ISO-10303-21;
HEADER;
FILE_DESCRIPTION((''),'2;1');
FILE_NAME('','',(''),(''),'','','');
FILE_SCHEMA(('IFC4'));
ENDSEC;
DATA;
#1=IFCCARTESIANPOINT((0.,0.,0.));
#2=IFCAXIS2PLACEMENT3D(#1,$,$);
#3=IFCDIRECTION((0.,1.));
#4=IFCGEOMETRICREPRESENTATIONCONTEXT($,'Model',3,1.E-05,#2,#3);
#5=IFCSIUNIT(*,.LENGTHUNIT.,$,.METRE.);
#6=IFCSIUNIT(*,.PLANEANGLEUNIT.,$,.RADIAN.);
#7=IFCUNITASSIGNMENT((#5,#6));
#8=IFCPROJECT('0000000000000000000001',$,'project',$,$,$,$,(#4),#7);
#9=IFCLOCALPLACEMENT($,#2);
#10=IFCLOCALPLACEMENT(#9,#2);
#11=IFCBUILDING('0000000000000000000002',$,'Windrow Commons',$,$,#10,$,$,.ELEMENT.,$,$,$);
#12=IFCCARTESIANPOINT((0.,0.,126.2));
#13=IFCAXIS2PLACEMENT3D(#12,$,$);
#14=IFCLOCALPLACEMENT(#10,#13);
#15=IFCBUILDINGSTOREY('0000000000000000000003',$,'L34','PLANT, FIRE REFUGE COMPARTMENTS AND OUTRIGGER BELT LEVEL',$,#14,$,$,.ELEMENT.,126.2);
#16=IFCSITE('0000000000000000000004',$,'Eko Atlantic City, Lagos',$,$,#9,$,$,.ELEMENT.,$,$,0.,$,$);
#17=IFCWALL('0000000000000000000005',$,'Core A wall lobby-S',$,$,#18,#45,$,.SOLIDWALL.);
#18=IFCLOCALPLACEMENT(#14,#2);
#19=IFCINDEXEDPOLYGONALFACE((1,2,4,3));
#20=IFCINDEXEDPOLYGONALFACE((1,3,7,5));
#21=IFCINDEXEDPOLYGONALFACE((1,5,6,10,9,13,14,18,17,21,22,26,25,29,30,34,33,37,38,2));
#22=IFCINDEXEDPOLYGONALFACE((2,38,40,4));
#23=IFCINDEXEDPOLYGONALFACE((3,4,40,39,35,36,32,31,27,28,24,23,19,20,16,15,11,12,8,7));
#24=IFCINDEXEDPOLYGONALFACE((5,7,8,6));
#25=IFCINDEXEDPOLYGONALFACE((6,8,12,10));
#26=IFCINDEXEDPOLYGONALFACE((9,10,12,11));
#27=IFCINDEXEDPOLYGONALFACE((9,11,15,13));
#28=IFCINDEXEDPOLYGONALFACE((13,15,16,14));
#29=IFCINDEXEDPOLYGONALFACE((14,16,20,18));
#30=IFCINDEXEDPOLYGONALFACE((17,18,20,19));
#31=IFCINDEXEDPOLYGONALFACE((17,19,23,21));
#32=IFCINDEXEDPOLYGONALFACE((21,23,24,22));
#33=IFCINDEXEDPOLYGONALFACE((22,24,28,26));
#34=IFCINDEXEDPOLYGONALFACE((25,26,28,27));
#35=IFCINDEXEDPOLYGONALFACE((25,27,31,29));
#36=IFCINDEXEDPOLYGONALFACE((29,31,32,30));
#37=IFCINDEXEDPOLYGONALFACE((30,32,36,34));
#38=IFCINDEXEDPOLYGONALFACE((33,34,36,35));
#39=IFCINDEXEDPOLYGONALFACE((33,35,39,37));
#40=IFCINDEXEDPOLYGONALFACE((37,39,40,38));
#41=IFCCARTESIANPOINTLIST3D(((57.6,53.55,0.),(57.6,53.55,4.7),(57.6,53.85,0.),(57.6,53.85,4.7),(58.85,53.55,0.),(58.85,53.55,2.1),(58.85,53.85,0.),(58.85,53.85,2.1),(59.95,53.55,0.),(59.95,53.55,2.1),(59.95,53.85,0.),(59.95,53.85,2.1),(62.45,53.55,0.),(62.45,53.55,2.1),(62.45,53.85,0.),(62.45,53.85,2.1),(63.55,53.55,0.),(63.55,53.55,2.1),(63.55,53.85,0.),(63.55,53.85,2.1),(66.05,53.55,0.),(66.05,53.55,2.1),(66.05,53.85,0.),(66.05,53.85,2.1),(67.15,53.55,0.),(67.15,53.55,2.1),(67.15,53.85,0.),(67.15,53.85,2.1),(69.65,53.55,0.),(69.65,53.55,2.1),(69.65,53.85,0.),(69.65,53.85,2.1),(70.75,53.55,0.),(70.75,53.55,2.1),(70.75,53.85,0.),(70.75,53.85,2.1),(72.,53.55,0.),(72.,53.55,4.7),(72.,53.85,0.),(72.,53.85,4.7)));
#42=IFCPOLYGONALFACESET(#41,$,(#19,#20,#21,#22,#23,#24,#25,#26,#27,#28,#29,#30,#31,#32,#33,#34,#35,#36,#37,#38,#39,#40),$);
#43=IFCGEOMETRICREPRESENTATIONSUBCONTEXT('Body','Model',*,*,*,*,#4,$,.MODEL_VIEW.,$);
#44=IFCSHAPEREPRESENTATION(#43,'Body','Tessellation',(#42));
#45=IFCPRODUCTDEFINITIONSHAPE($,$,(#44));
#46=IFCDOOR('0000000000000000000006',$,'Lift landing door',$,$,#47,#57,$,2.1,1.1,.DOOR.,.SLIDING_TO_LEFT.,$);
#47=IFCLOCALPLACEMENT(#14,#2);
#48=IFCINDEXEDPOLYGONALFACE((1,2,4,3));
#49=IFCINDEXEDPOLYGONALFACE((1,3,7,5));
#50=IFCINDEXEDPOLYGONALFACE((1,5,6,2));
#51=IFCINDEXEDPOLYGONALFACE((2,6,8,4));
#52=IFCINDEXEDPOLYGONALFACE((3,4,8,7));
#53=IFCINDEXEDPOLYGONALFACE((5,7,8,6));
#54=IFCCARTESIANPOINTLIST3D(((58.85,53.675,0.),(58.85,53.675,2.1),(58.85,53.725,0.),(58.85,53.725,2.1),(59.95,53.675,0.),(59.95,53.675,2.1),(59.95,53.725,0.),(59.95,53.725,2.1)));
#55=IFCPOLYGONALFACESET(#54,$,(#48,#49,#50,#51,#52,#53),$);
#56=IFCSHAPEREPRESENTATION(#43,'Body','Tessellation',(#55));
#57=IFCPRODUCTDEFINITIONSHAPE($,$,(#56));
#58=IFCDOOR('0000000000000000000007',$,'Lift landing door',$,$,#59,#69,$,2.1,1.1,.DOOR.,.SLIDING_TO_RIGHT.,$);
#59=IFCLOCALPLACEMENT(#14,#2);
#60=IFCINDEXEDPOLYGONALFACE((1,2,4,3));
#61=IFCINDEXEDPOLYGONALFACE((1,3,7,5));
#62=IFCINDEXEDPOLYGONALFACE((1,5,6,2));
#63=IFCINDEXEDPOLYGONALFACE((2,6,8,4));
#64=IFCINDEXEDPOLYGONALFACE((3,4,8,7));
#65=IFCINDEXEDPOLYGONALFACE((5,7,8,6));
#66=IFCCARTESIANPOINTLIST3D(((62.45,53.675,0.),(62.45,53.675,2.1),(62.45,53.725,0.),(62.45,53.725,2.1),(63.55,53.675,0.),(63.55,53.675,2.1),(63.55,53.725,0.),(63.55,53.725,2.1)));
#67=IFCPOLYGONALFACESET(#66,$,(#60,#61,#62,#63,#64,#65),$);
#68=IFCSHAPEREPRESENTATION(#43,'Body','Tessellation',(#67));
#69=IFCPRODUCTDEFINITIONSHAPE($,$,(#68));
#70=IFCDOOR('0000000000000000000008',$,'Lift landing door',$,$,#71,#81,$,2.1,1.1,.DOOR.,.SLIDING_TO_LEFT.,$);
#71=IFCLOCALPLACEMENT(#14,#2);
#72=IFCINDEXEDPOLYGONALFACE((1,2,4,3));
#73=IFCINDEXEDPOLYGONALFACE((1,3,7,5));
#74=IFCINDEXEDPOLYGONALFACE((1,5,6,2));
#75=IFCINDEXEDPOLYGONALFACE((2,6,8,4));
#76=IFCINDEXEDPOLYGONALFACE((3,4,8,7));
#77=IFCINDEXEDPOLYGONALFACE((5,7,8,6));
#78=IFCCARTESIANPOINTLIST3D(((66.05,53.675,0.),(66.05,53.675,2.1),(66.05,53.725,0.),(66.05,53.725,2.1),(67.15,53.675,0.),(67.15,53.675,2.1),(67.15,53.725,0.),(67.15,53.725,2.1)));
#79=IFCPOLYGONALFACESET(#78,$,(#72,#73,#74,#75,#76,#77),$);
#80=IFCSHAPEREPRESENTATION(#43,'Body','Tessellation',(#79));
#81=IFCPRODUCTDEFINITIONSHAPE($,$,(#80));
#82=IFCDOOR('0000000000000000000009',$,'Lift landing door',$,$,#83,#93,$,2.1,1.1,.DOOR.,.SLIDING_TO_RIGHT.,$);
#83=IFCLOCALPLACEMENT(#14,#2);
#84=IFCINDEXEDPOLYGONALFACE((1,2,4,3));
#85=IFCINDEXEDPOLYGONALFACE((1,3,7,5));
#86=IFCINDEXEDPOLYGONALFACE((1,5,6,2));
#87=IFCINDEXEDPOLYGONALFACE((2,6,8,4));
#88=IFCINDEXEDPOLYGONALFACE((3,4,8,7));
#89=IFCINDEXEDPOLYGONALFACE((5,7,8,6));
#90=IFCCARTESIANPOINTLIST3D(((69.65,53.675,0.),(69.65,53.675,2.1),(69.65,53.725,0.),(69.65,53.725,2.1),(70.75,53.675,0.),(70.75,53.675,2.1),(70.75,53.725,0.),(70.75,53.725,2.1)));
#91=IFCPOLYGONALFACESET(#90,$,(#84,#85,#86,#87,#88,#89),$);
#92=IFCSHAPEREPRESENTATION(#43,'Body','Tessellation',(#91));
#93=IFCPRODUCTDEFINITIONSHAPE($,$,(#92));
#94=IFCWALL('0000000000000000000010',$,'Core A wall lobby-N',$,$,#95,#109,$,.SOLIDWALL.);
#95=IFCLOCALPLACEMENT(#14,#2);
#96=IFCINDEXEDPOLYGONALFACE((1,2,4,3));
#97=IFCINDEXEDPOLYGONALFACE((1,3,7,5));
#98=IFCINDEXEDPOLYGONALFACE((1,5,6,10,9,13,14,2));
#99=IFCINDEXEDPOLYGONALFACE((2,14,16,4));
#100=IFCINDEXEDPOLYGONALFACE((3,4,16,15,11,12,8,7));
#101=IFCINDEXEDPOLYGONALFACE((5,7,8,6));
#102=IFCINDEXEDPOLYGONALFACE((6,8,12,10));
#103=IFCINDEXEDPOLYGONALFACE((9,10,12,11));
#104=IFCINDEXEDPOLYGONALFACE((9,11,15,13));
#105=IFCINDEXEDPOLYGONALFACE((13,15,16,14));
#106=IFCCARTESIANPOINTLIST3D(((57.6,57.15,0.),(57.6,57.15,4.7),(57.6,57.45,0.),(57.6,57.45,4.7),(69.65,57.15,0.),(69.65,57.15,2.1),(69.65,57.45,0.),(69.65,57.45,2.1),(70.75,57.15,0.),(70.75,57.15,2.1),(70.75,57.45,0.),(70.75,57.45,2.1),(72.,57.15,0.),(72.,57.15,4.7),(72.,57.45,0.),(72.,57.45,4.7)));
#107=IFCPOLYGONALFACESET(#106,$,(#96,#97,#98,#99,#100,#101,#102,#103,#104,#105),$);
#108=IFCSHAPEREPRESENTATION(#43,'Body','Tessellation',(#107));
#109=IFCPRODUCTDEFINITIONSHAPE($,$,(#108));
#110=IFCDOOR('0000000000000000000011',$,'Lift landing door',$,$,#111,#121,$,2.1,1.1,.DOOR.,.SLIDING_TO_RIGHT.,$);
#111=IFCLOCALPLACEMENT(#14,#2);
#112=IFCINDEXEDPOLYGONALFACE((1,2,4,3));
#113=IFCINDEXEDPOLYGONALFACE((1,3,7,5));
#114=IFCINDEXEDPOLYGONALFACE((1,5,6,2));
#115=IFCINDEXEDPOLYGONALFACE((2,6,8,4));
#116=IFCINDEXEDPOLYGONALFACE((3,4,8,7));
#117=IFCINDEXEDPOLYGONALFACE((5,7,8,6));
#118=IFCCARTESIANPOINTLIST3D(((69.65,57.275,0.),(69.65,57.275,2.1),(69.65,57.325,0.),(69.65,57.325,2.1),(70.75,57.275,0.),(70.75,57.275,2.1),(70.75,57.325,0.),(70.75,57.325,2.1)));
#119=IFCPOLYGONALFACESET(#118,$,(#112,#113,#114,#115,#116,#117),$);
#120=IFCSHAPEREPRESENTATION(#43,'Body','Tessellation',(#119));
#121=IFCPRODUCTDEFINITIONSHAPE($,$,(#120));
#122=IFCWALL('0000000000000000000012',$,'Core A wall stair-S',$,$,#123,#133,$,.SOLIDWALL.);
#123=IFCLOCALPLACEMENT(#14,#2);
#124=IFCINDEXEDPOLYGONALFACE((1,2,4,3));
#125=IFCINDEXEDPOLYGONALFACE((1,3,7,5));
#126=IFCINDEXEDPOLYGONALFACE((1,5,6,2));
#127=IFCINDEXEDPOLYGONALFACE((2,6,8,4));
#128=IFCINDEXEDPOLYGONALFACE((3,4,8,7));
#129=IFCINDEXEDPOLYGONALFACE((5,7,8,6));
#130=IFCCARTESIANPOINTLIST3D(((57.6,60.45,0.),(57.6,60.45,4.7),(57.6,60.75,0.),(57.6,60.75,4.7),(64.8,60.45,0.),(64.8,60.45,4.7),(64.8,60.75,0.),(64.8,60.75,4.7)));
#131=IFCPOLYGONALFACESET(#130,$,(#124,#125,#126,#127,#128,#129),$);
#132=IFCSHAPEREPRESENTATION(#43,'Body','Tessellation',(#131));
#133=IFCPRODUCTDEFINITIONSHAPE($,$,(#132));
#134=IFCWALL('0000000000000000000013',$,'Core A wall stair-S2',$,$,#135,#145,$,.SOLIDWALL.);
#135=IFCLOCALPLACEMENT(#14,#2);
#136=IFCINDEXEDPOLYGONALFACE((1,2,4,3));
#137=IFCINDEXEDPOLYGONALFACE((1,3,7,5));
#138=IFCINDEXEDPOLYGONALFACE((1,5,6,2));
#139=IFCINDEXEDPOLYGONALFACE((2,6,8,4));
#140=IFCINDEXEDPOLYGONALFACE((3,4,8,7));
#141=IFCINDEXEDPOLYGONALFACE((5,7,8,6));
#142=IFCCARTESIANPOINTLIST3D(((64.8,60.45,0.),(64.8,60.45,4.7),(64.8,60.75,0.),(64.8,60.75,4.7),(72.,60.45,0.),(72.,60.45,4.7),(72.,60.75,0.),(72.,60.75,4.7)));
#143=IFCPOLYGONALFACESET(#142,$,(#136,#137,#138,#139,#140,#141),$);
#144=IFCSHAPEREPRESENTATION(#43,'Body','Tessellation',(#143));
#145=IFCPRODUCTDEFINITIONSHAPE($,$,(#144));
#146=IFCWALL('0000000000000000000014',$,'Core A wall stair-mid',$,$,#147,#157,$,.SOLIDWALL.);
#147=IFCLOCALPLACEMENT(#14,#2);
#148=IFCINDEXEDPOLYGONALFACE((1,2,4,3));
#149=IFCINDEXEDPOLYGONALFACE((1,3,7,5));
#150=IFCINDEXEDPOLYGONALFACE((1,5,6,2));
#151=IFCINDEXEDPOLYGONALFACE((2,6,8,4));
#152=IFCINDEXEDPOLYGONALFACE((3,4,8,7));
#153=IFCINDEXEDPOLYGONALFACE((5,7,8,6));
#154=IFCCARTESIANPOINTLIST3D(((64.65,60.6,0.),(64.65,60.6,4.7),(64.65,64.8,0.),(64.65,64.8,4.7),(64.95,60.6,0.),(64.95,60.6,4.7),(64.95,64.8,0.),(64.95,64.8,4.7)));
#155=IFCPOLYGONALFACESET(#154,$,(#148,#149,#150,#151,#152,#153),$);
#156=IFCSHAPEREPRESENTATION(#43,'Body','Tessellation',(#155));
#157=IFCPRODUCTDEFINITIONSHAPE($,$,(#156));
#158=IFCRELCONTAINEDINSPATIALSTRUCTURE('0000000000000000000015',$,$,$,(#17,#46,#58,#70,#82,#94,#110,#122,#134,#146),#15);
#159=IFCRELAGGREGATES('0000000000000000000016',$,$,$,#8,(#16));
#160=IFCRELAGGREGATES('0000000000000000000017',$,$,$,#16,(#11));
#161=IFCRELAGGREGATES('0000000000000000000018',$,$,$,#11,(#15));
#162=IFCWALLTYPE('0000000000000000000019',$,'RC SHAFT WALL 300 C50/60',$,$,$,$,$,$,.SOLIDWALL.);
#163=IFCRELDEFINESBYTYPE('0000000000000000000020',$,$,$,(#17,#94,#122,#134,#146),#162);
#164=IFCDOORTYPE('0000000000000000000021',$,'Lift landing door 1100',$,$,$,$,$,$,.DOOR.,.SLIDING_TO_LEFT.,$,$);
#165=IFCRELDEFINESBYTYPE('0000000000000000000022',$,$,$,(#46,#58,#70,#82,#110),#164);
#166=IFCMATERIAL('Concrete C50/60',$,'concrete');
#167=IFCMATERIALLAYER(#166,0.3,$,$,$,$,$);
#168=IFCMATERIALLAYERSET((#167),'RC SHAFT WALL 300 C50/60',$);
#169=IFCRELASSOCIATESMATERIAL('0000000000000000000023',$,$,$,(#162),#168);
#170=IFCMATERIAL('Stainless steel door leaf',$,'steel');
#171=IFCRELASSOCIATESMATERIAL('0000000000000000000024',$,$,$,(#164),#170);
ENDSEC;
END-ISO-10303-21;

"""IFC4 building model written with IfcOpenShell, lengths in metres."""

from ifc_helpers import new_model, si_unit, direction, frame, frame_2d, origin, place, context, subcontext, project, spatial, rectangle, extrude, material, layer, layer_set, type_object, element, fill, save


model = new_model("IFC4")

# Units and contexts
model_context = context("Model", 3, precision=1e-05, world=origin(), true_north=direction((0.0, 1.0)))
body_context = subcontext(model_context, "Body", "Model", "MODEL_VIEW")
ifc_project = project(units=[si_unit("LENGTHUNIT", "METRE"), si_unit("PLANEANGLEUNIT", "RADIAN")], contexts=[model_context])

# Site, building, storey
site_placement = place(None, origin())
site = spatial("IfcSite", under=ifc_project, at=site_placement, Name="Eko Atlantic City, Lagos", CompositionType="ELEMENT", RefElevation=0.0)
building_placement = place(site_placement, origin())
building = spatial("IfcBuilding", under=site, at=building_placement, Name="Windrow Commons", CompositionType="ELEMENT")
storey_placement = place(building_placement, frame((0.0, 0.0, 126.2)))
storey = spatial("IfcBuildingStorey", under=building, at=storey_placement, Name="L34", Description="PLANT, FIRE REFUGE COMPARTMENTS AND OUTRIGGER BELT LEVEL", CompositionType="ELEMENT", Elevation=126.2)

# Shared definitions
ifc_material_1 = material(Name="Concrete C50/60", Category="concrete")
ifc_layer_1 = layer(ifc_material_1, 0.3)
ifc_layer_set_1 = layer_set([ifc_layer_1], Name="RC SHAFT WALL 300 C50/60")
wall_type_1 = type_object("IfcWallType", Name="RC SHAFT WALL 300 C50/60", PredefinedType="SOLIDWALL", material=ifc_layer_set_1)

# Wall, openings, doors
wall_1_placement = place(storey_placement, frame((57.6, 53.7, 0.0), z_axis=(0.0, 0.0, 1.0), x_axis=(1.0, 0.0, 0.0)))
wall_1 = element("IfcWall", 1, at=wall_1_placement, inside=storey, type_object=wall_type_1, Name="Core A wall lobby-S", PredefinedType="SOLIDWALL", context=body_context, shape_type="SweptSolid", body=[
    extrude(rectangle(XDim=14.4, YDim=0.3, at=frame_2d((7.2, 0.0))), origin(), (0.0, 0.0, 1.0), 4.7),
])
opening_1_placement = place(wall_1_placement, frame((1.25, 0.0, 0.0)))
opening_1 = element("IfcOpeningElement", 2, at=opening_1_placement, cuts=wall_1, PredefinedType="OPENING", context=body_context, shape_type="SweptSolid", body=[
    extrude(rectangle(XDim=1.1, YDim=2.1, at=frame_2d((0.55, 1.05))), frame((0.0, 0.16, 0.0), z_axis=(0.0, -1.0, 0.0), x_axis=(1.0, 0.0, 0.0)), (0.0, 0.0, 1.0), 0.32),
])
opening_2_placement = place(wall_1_placement, frame((4.85, 0.0, 0.0)))
opening_2 = element("IfcOpeningElement", 3, at=opening_2_placement, cuts=wall_1, PredefinedType="OPENING", context=body_context, shape_type="SweptSolid", body=[
    extrude(rectangle(XDim=1.1, YDim=2.1, at=frame_2d((0.55, 1.05))), frame((0.0, 0.16, 0.0), z_axis=(0.0, -1.0, 0.0), x_axis=(1.0, 0.0, 0.0)), (0.0, 0.0, 1.0), 0.32),
])
opening_3_placement = place(wall_1_placement, frame((8.45, 0.0, 0.0)))
opening_3 = element("IfcOpeningElement", 4, at=opening_3_placement, cuts=wall_1, PredefinedType="OPENING", context=body_context, shape_type="SweptSolid", body=[
    extrude(rectangle(XDim=1.1, YDim=2.1, at=frame_2d((0.55, 1.05))), frame((0.0, 0.16, 0.0), z_axis=(0.0, -1.0, 0.0), x_axis=(1.0, 0.0, 0.0)), (0.0, 0.0, 1.0), 0.32),
])
opening_4_placement = place(wall_1_placement, frame((12.05, 0.0, 0.0)))
opening_4 = element("IfcOpeningElement", 5, at=opening_4_placement, cuts=wall_1, PredefinedType="OPENING", context=body_context, shape_type="SweptSolid", body=[
    extrude(rectangle(XDim=1.1, YDim=2.1, at=frame_2d((0.55, 1.05))), frame((0.0, 0.16, 0.0), z_axis=(0.0, -1.0, 0.0), x_axis=(1.0, 0.0, 0.0)), (0.0, 0.0, 1.0), 0.32),
])
ifc_material_2 = material(Name="Stainless steel door leaf", Category="steel")
door_type_1 = type_object("IfcDoorType", Name="Lift landing door 1100", OperationType="SLIDING_TO_LEFT", PredefinedType="DOOR", material=ifc_material_2)
door_1_placement = place(opening_1_placement, origin())
door_1 = element("IfcDoor", 6, at=door_1_placement, inside=storey, type_object=door_type_1, Name="Lift landing door", OperationType="SLIDING_TO_LEFT", OverallHeight=2.1, OverallWidth=1.1, PredefinedType="DOOR", context=body_context, shape_type="SweptSolid", body=[
    extrude(rectangle(XDim=1.1, YDim=2.1, at=frame_2d((0.55, 1.05))), frame((0.0, 0.025, 0.0), z_axis=(0.0, -1.0, 0.0), x_axis=(1.0, 0.0, 0.0)), (0.0, 0.0, 1.0), 0.05),
])
fill(opening_1, door_1)
door_2_placement = place(opening_2_placement, origin())
door_2 = element("IfcDoor", 7, at=door_2_placement, inside=storey, type_object=door_type_1, Name="Lift landing door", OperationType="SLIDING_TO_RIGHT", OverallHeight=2.1, OverallWidth=1.1, PredefinedType="DOOR", context=body_context, shape_type="SweptSolid", body=[
    extrude(rectangle(XDim=1.1, YDim=2.1, at=frame_2d((0.55, 1.05))), frame((0.0, 0.025, 0.0), z_axis=(0.0, -1.0, 0.0), x_axis=(1.0, 0.0, 0.0)), (0.0, 0.0, 1.0), 0.05),
])
fill(opening_2, door_2)
door_3_placement = place(opening_3_placement, origin())
door_3 = element("IfcDoor", 8, at=door_3_placement, inside=storey, type_object=door_type_1, Name="Lift landing door", OperationType="SLIDING_TO_LEFT", OverallHeight=2.1, OverallWidth=1.1, PredefinedType="DOOR", context=body_context, shape_type="SweptSolid", body=[
    extrude(rectangle(XDim=1.1, YDim=2.1, at=frame_2d((0.55, 1.05))), frame((0.0, 0.025, 0.0), z_axis=(0.0, -1.0, 0.0), x_axis=(1.0, 0.0, 0.0)), (0.0, 0.0, 1.0), 0.05),
])
fill(opening_3, door_3)
door_4_placement = place(opening_4_placement, origin())
door_4 = element("IfcDoor", 9, at=door_4_placement, inside=storey, type_object=door_type_1, Name="Lift landing door", OperationType="SLIDING_TO_RIGHT", OverallHeight=2.1, OverallWidth=1.1, PredefinedType="DOOR", context=body_context, shape_type="SweptSolid", body=[
    extrude(rectangle(XDim=1.1, YDim=2.1, at=frame_2d((0.55, 1.05))), frame((0.0, 0.025, 0.0), z_axis=(0.0, -1.0, 0.0), x_axis=(1.0, 0.0, 0.0)), (0.0, 0.0, 1.0), 0.05),
])
fill(opening_4, door_4)

# Wall, opening, door
wall_2_placement = place(storey_placement, frame((57.6, 57.3, 0.0), z_axis=(0.0, 0.0, 1.0), x_axis=(1.0, 0.0, 0.0)))
wall_2 = element("IfcWall", 10, at=wall_2_placement, inside=storey, type_object=wall_type_1, Name="Core A wall lobby-N", PredefinedType="SOLIDWALL", context=body_context, shape_type="SweptSolid", body=[
    extrude(rectangle(XDim=14.4, YDim=0.3, at=frame_2d((7.2, 0.0))), origin(), (0.0, 0.0, 1.0), 4.7),
])
opening_5_placement = place(wall_2_placement, frame((12.05, 0.0, 0.0)))
opening_5 = element("IfcOpeningElement", 11, at=opening_5_placement, cuts=wall_2, PredefinedType="OPENING", context=body_context, shape_type="SweptSolid", body=[
    extrude(rectangle(XDim=1.1, YDim=2.1, at=frame_2d((0.55, 1.05))), frame((0.0, 0.16, 0.0), z_axis=(0.0, -1.0, 0.0), x_axis=(1.0, 0.0, 0.0)), (0.0, 0.0, 1.0), 0.32),
])
door_5_placement = place(opening_5_placement, origin())
door_5 = element("IfcDoor", 12, at=door_5_placement, inside=storey, type_object=door_type_1, Name="Lift landing door", OperationType="SLIDING_TO_RIGHT", OverallHeight=2.1, OverallWidth=1.1, PredefinedType="DOOR", context=body_context, shape_type="SweptSolid", body=[
    extrude(rectangle(XDim=1.1, YDim=2.1, at=frame_2d((0.55, 1.05))), frame((0.0, 0.025, 0.0), z_axis=(0.0, -1.0, 0.0), x_axis=(1.0, 0.0, 0.0)), (0.0, 0.0, 1.0), 0.05),
])
fill(opening_5, door_5)

# Walls
for number, where, z_axis, x_axis, name in (
    (13, (57.6, 60.6, 0.0), (0.0, 0.0, 1.0), (1.0, 0.0, 0.0), "Core A wall stair-S"),
    (14, (64.8, 60.6, 0.0), (0.0, 0.0, 1.0), (1.0, 0.0, 0.0), "Core A wall stair-S2"),
):
    element("IfcWall", number, at=place(storey_placement, frame(where, z_axis=z_axis, x_axis=x_axis)), inside=storey, type_object=wall_type_1, Name=name, PredefinedType="SOLIDWALL", context=body_context, shape_type="SweptSolid", body=[
        extrude(rectangle(XDim=7.2, YDim=0.3, at=frame_2d((3.6, 0.0))), origin(), (0.0, 0.0, 1.0), 4.7),
    ])
wall_3_placement = place(storey_placement, frame((64.8, 60.6, 0.0), z_axis=(0.0, 0.0, 1.0), x_axis=(0.0, 1.0, 0.0)))
element("IfcWall", 15, at=wall_3_placement, inside=storey, type_object=wall_type_1, Name="Core A wall stair-mid", PredefinedType="SOLIDWALL", context=body_context, shape_type="SweptSolid", body=[
    extrude(rectangle(XDim=4.2, YDim=0.3, at=frame_2d((2.1, 0.0))), origin(), (0.0, 0.0, 1.0), 4.7),
])

save(model, "model.ifc")
